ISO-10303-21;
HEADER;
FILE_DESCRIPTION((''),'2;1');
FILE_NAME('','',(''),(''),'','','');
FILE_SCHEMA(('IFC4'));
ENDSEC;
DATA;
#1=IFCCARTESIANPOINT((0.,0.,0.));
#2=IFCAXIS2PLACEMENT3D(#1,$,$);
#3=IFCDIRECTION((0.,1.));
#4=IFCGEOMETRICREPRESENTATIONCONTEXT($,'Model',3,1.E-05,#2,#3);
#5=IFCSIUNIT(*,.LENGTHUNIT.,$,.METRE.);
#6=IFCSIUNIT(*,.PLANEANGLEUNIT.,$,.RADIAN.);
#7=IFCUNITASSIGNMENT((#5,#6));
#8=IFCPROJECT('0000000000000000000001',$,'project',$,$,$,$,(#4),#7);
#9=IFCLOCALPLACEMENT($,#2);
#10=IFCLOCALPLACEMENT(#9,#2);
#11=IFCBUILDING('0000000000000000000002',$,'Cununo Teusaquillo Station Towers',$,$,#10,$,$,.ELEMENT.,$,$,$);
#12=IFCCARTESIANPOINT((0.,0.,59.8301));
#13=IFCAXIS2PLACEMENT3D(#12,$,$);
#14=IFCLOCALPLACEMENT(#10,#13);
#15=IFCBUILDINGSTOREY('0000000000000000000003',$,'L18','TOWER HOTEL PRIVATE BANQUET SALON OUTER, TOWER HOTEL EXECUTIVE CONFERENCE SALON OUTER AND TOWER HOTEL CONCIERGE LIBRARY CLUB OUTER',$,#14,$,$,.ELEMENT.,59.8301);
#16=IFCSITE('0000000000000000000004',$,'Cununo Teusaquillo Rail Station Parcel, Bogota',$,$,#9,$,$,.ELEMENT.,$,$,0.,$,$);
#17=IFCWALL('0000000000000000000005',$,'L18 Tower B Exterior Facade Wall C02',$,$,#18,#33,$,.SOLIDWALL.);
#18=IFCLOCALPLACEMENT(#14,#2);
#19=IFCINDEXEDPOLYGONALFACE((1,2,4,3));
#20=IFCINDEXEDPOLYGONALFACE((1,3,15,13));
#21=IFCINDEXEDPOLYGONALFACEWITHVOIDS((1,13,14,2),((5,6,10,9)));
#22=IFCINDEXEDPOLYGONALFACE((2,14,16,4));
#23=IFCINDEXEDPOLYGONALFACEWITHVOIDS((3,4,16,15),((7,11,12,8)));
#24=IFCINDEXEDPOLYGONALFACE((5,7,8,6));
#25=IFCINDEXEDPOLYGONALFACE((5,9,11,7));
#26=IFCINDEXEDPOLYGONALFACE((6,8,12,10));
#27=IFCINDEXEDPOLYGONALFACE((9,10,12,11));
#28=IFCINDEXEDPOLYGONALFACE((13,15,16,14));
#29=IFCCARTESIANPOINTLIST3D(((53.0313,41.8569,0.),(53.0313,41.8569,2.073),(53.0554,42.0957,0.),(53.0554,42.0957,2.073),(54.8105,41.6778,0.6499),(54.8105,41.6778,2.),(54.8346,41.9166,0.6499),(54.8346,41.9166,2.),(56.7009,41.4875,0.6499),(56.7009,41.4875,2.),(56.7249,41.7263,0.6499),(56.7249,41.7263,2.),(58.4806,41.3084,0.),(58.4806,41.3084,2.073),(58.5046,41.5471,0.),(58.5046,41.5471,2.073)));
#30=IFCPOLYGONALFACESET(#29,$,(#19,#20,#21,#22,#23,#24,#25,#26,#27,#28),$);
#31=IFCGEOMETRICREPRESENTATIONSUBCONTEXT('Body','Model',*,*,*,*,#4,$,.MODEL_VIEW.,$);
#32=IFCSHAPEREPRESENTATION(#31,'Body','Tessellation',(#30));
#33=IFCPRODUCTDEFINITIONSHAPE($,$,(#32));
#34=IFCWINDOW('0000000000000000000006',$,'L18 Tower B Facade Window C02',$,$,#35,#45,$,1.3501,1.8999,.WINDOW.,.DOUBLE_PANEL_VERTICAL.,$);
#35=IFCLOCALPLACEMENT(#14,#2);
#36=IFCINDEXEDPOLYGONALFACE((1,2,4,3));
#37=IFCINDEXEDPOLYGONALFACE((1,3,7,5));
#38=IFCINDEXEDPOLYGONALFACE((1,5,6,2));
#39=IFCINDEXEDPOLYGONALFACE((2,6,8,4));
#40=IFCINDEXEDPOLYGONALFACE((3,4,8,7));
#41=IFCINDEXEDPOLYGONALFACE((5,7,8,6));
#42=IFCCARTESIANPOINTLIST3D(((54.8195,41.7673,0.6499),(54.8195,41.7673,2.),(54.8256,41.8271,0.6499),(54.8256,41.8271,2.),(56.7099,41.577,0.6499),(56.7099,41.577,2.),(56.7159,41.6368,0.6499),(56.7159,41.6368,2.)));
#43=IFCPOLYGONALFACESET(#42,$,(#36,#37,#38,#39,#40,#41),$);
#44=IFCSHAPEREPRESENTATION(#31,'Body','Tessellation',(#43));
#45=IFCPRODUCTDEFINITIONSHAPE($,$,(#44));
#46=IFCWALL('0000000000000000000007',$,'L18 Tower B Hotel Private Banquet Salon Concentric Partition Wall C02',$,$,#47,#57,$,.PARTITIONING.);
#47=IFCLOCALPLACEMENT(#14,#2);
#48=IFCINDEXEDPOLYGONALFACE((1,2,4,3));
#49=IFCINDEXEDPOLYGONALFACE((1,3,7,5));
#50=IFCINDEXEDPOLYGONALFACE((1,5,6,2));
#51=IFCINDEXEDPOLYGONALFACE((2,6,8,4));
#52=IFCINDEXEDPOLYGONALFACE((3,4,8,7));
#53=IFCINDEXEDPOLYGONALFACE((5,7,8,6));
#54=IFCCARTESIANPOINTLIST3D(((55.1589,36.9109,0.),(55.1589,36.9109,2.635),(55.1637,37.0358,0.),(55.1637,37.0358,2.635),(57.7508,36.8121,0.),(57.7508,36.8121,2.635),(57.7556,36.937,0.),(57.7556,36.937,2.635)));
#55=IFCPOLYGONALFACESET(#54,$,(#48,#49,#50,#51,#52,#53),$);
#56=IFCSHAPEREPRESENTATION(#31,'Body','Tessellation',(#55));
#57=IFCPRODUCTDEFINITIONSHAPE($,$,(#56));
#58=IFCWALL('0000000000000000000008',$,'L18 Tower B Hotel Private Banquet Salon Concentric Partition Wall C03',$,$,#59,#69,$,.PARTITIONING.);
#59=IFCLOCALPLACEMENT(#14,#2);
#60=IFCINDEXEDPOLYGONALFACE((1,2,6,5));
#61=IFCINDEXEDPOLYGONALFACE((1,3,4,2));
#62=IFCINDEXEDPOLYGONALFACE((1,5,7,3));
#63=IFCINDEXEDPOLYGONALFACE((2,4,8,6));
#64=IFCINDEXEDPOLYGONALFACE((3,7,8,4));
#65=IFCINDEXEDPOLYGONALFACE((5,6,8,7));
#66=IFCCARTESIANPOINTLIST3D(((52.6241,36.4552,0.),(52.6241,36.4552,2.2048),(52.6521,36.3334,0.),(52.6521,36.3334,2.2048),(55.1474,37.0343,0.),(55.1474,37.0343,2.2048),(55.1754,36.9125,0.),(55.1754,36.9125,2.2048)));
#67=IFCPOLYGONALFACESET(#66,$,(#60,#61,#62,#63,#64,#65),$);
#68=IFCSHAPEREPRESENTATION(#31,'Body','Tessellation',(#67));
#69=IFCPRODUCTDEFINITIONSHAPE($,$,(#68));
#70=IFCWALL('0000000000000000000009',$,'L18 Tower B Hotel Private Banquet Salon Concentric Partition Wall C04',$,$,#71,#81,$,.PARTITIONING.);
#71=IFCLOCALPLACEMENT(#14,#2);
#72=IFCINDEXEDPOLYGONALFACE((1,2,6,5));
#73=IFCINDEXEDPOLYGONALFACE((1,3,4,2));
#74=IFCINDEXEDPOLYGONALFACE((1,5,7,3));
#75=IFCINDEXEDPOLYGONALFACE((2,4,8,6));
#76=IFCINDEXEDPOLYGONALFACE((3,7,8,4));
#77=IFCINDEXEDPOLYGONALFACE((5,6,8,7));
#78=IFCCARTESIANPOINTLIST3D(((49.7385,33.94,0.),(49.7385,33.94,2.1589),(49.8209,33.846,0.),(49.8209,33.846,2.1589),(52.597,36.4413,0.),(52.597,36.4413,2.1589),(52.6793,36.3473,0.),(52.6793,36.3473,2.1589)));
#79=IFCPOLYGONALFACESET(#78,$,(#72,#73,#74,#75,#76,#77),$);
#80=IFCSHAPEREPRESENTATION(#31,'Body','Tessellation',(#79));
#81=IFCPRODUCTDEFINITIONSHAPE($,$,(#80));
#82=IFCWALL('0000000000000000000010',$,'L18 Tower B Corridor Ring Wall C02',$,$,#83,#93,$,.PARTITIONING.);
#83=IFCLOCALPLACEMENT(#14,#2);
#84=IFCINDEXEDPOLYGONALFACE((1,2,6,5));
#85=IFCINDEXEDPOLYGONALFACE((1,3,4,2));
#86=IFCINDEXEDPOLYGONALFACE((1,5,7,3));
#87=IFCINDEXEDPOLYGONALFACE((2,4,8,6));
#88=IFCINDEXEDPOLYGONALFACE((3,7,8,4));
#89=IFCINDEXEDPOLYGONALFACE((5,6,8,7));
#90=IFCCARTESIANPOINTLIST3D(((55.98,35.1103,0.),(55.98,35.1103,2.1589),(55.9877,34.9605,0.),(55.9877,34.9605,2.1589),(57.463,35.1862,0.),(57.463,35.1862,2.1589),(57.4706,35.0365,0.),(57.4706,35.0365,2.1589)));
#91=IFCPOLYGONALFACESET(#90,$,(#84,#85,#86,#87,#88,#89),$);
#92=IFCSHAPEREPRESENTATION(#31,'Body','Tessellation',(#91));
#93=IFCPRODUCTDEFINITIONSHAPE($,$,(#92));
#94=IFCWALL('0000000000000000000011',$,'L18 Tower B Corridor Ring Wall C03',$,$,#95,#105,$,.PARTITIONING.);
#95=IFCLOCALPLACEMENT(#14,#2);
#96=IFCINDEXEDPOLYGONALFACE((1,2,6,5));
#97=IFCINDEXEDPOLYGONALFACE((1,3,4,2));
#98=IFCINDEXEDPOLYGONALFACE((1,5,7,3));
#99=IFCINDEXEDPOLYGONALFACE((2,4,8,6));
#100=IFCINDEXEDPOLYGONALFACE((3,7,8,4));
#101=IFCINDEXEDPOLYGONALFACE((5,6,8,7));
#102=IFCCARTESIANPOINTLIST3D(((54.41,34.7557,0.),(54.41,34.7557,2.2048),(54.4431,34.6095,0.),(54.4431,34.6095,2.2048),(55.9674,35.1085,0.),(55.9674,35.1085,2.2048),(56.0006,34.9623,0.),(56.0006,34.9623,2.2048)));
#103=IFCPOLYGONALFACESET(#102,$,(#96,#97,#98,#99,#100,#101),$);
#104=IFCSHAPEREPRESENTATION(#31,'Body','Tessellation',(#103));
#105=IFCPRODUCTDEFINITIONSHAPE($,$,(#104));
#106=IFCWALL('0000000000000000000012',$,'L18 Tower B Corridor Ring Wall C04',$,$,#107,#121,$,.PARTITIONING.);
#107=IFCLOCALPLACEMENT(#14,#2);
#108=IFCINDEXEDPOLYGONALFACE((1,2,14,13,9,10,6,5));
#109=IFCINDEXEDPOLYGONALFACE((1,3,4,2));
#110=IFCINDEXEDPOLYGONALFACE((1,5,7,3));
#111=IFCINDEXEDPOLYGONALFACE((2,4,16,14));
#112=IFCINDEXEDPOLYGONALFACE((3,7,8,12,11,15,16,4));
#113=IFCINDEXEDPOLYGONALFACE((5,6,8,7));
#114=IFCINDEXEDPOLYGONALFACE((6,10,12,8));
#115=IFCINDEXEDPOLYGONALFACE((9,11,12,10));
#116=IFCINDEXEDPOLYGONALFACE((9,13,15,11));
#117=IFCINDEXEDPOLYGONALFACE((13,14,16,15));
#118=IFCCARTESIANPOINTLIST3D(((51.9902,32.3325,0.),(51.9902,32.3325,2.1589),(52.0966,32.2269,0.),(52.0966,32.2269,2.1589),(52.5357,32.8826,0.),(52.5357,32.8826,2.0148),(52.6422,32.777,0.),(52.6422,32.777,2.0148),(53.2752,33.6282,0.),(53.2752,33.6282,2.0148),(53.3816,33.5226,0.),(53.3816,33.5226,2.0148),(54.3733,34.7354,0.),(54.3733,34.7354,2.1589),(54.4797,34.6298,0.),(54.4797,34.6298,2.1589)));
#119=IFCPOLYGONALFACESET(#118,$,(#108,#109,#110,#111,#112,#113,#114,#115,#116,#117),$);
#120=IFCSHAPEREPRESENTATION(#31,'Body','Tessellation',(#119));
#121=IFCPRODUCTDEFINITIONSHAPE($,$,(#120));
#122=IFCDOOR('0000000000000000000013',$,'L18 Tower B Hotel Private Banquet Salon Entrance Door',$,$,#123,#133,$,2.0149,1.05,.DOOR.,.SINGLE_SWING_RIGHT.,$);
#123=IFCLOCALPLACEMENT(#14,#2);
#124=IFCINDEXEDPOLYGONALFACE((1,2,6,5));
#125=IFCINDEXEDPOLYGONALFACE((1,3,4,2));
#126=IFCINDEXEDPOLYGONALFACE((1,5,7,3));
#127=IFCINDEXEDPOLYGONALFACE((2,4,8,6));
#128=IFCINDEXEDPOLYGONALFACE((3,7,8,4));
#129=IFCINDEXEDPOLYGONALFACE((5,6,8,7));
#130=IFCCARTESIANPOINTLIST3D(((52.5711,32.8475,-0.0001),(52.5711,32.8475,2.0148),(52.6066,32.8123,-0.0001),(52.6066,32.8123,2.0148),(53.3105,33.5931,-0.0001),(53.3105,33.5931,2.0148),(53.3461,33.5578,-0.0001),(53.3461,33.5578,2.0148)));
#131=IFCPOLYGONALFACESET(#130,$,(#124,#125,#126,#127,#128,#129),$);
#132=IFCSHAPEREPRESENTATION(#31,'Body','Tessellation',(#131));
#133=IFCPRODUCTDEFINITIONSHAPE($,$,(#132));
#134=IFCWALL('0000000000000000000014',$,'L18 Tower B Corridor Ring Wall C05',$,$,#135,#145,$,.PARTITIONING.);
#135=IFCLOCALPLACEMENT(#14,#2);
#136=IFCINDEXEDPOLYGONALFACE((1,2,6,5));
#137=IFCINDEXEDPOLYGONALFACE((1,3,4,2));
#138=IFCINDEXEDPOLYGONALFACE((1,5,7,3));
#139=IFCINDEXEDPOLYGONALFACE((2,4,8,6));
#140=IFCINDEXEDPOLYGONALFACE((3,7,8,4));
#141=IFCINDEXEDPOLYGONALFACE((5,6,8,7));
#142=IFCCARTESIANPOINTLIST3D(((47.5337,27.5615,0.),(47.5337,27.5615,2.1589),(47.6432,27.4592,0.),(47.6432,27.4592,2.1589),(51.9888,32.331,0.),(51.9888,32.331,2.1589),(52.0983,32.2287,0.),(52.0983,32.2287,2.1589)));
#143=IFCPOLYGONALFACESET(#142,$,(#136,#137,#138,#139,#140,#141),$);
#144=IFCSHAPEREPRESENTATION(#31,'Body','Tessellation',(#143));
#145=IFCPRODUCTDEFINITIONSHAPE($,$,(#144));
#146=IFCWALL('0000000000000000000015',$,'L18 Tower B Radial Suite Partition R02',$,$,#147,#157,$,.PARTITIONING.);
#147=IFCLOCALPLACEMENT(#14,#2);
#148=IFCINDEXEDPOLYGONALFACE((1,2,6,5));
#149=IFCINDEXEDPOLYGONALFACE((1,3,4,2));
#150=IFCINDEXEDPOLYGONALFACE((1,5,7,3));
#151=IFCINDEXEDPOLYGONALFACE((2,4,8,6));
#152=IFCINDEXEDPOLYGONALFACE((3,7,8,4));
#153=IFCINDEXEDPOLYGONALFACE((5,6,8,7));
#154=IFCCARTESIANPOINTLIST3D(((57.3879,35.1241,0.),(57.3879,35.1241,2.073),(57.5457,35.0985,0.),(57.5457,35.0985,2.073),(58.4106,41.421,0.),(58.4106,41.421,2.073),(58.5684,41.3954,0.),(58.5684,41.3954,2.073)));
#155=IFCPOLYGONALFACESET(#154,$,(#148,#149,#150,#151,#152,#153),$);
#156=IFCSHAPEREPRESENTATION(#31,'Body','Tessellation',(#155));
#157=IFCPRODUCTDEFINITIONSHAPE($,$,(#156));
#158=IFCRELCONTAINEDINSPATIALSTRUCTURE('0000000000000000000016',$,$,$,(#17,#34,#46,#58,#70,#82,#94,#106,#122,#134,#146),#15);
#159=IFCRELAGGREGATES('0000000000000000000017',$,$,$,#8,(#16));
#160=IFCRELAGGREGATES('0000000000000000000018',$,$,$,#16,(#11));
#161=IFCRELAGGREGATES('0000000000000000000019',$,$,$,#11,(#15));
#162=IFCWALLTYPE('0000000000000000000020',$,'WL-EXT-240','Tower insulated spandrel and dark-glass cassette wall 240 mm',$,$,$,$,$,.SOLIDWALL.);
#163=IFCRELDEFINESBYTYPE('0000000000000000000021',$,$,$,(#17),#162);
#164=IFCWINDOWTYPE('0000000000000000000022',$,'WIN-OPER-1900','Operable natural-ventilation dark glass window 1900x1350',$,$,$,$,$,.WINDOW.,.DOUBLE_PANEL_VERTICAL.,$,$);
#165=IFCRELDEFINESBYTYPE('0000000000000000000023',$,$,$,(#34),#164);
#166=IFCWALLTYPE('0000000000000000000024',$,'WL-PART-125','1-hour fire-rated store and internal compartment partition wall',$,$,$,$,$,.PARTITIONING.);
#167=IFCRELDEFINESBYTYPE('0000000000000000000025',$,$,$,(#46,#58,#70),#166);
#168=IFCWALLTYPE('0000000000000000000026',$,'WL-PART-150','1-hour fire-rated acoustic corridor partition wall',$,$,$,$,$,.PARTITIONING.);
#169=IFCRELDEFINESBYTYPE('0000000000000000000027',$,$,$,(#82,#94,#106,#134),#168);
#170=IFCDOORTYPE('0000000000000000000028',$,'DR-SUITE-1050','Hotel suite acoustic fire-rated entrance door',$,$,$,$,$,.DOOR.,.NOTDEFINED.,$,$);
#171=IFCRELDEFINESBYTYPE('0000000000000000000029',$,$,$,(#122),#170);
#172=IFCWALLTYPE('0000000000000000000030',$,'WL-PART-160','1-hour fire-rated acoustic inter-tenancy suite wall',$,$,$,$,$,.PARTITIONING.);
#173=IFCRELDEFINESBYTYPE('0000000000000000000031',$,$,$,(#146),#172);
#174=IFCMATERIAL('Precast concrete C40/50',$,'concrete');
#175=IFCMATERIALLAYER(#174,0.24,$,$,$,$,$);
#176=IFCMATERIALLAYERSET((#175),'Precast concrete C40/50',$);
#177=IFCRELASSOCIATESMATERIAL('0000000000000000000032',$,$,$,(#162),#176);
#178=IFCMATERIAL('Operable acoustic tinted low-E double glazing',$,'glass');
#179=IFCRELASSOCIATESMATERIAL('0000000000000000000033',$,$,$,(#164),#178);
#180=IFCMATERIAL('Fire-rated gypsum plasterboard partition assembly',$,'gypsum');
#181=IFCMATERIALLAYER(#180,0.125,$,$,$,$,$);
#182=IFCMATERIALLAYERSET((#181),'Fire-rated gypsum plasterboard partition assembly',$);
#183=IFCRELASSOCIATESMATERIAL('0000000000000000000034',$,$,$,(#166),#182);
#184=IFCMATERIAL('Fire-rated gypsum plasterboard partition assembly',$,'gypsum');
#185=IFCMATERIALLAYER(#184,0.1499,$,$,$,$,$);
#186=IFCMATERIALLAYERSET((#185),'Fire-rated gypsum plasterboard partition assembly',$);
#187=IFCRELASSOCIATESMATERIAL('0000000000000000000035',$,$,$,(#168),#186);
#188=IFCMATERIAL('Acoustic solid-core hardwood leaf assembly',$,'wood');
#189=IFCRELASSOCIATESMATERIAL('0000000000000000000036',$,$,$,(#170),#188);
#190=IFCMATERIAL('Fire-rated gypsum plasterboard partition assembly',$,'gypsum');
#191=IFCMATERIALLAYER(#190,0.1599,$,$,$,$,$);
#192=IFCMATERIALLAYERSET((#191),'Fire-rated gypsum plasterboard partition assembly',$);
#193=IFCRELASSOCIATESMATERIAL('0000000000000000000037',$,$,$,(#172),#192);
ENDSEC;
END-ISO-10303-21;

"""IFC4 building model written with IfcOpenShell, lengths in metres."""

from ifc_helpers import new_model, si_unit, direction, frame, frame_2d, origin, place, context, subcontext, project, spatial, rectangle, extrude, source, transform, mapped, material, layer, layer_set, type_object, element, fill, save


model = new_model("IFC4")

# Units and contexts
model_context = context("Model", 3, precision=1e-05, world=origin(), true_north=direction((0.0, 1.0)))
body_context = subcontext(model_context, "Body", "Model", "MODEL_VIEW")
ifc_project = project(units=[si_unit("LENGTHUNIT", "METRE"), si_unit("PLANEANGLEUNIT", "RADIAN")], contexts=[model_context])

# Site, building, storey
site_placement = place(None, origin())
site = spatial("IfcSite", under=ifc_project, at=site_placement, Name="Cununo Teusaquillo Rail Station Parcel, Bogota", CompositionType="ELEMENT", RefElevation=0.0)
building_placement = place(site_placement, origin())
building = spatial("IfcBuilding", under=site, at=building_placement, Name="Cununo Teusaquillo Station Towers", CompositionType="ELEMENT")
storey_placement = place(building_placement, frame((0.0, 0.0, 59.8301)))
storey = spatial("IfcBuildingStorey", under=building, at=storey_placement, Name="L18", Description="TOWER HOTEL PRIVATE BANQUET SALON OUTER, TOWER HOTEL EXECUTIVE CONFERENCE SALON OUTER AND TOWER HOTEL CONCIERGE LIBRARY CLUB OUTER", CompositionType="ELEMENT", Elevation=59.8301)

# Wall, opening, window
ifc_material_1 = material(Name="Precast concrete C40/50", Category="concrete")
ifc_layer_1 = layer(ifc_material_1, 0.24)
ifc_layer_set_1 = layer_set([ifc_layer_1], Name="Precast concrete C40/50")
wall_type_1 = type_object("IfcWallType", Name="WL-EXT-240", Description="Tower insulated spandrel and dark-glass cassette wall 240 mm", PredefinedType="SOLIDWALL", material=ifc_layer_set_1)
wall_1_placement = place(storey_placement, frame((53.0435, 41.9763, 0.0), z_axis=(0.0, 0.0, 1.0), x_axis=(0.994971, -0.100166, 0.0)))
wall_1 = element("IfcWall", 1, at=wall_1_placement, inside=storey, type_object=wall_type_1, Name="L18 Tower B Exterior Facade Wall C02", PredefinedType="SOLIDWALL", context=body_context, shape_type="SweptSolid", body=[
    extrude(rectangle(XDim=5.4768, YDim=0.24, at=frame_2d((2.7383, 0.0))), origin(), (0.0, 0.0, 1.0), 2.073),
])
shared_shape_1 = source(origin(), body_context, "Body", "SweptSolid", [
    extrude(rectangle(XDim=1.8999, YDim=1.3501, at=frame_2d((0.95, 0.675))), frame((0.0, 0.1299, 0.0), z_axis=(0.0, -1.0, 0.0), x_axis=(1.0, 0.0, 0.0)), (0.0, 0.0, 1.0), 0.26),
])
opening_1_placement = place(wall_1_placement, frame((1.7881, 0.0, 0.6499)))
opening_1 = element("IfcOpeningElement", 2, at=opening_1_placement, cuts=wall_1, PredefinedType="OPENING", context=body_context, shape_type="MappedRepresentation", body=[
    mapped(shared_shape_1, transform((0.0, 0.0, 0.0), x_axis=(1.0, 0.0, 0.0), y_axis=(0.0, 1.0, 0.0), z_axis=(0.0, 0.0, 1.0), scale=1.0)),
])
ifc_material_2 = material(Name="Operable acoustic tinted low-E double glazing", Category="glass")
window_type = type_object("IfcWindowType", Name="WIN-OPER-1900", Description="Operable natural-ventilation dark glass window 1900x1350", PartitioningType="DOUBLE_PANEL_VERTICAL", PredefinedType="WINDOW", material=ifc_material_2)
shared_shape_2 = source(origin(), body_context, "Body", "SweptSolid", [
    extrude(rectangle(XDim=1.8999, YDim=1.3501, at=frame_2d((0.95, 0.675))), frame((0.0, 0.03, 0.0), z_axis=(0.0, -1.0, 0.0), x_axis=(1.0, 0.0, 0.0)), (0.0, 0.0, 1.0), 0.0601),
])
window_placement = place(opening_1_placement, origin())
window = element("IfcWindow", 3, at=window_placement, inside=storey, type_object=window_type, Name="L18 Tower B Facade Window C02", OverallHeight=1.3501, OverallWidth=1.8999, PartitioningType="DOUBLE_PANEL_VERTICAL", PredefinedType="WINDOW", context=body_context, shape_type="MappedRepresentation", body=[
    mapped(shared_shape_2, transform((0.0, 0.0, 0.0), x_axis=(1.0, 0.0, 0.0), y_axis=(0.0, 1.0, 0.0), z_axis=(0.0, 0.0, 1.0), scale=1.0)),
])
fill(opening_1, window)

# Walls
ifc_material_3 = material(Name="Fire-rated gypsum plasterboard partition assembly", Category="gypsum")
ifc_layer_2 = layer(ifc_material_3, 0.125)
ifc_layer_set_2 = layer_set([ifc_layer_2], Name="Fire-rated gypsum plasterboard partition assembly")
wall_type_2 = type_object("IfcWallType", Name="WL-PART-125", Description="1-hour fire-rated store and internal compartment partition wall", PredefinedType="PARTITIONING", material=ifc_layer_set_2)
wall_2_placement = place(storey_placement, frame((57.7532, 36.8745, 0.0), z_axis=(0.0, 0.0, 1.0), x_axis=(-0.999273, 0.038122, 0.0)))
element("IfcWall", 4, at=wall_2_placement, inside=storey, type_object=wall_type_2, Name="L18 Tower B Hotel Private Banquet Salon Concentric Partition Wall C02", PredefinedType="PARTITIONING", context=body_context, shape_type="SweptSolid", body=[
    extrude(rectangle(XDim=2.5938, YDim=0.125, at=frame_2d((1.2969, 0.0))), origin(), (0.0, 0.0, 1.0), 2.635),
])
wall_3_placement = place(storey_placement, frame((55.1614, 36.9734, 0.0), z_axis=(0.0, 0.0, 1.0), x_axis=(-0.974659, -0.223695, 0.0)))
element("IfcWall", 5, at=wall_3_placement, inside=storey, type_object=wall_type_2, Name="L18 Tower B Hotel Private Banquet Salon Concentric Partition Wall C03", PredefinedType="PARTITIONING", context=body_context, shape_type="SweptSolid", body=[
    extrude(rectangle(XDim=2.5889, YDim=0.125, at=frame_2d((1.2944, 0.0))), origin(), (0.0, 0.0, 1.0), 2.2048),
])
wall_4_placement = place(storey_placement, frame((52.6382, 36.3943, 0.0), z_axis=(0.0, 0.0, 1.0), x_axis=(-0.752561, -0.658523, 0.0)))
element("IfcWall", 6, at=wall_4_placement, inside=storey, type_object=wall_type_2, Name="L18 Tower B Hotel Private Banquet Salon Concentric Partition Wall C04", PredefinedType="PARTITIONING", context=body_context, shape_type="SweptSolid", body=[
    extrude(rectangle(XDim=3.7983, YDim=0.125, at=frame_2d((1.8992, 0.0))), origin(), (0.0, 0.0, 1.0), 2.1589),
])
ifc_material_4 = material(Name="Fire-rated gypsum plasterboard partition assembly", Category="gypsum")
ifc_layer_3 = layer(ifc_material_4, 0.1499)
ifc_layer_set_3 = layer_set([ifc_layer_3], Name="Fire-rated gypsum plasterboard partition assembly")
wall_type_3 = type_object("IfcWallType", Name="WL-PART-150", Description="1-hour fire-rated acoustic corridor partition wall", PredefinedType="PARTITIONING", material=ifc_layer_set_3)
wall_5_placement = place(storey_placement, frame((57.4668, 35.1113, 0.0), z_axis=(0.0, 0.0, 1.0), x_axis=(-0.998692, -0.051135, 0.0)))
element("IfcWall", 7, at=wall_5_placement, inside=storey, type_object=wall_type_3, Name="L18 Tower B Corridor Ring Wall C02", PredefinedType="PARTITIONING", context=body_context, shape_type="SweptSolid", body=[
    extrude(rectangle(XDim=1.4849, YDim=0.1499, at=frame_2d((0.7424, 0.0))), origin(), (0.0, 0.0, 1.0), 2.1589),
])
wall_6_placement = place(storey_placement, frame((55.9839, 35.0354, 0.0), z_axis=(0.0, 0.0, 1.0), x_axis=(-0.97529, -0.220927, 0.0)))
element("IfcWall", 8, at=wall_6_placement, inside=storey, type_object=wall_type_3, Name="L18 Tower B Corridor Ring Wall C03", PredefinedType="PARTITIONING", context=body_context, shape_type="SweptSolid", body=[
    extrude(rectangle(XDim=1.5969, YDim=0.1499, at=frame_2d((0.7983, 0.0))), origin(), (0.0, 0.0, 1.0), 2.2048),
])

# Wall, opening, door
wall_7_placement = place(storey_placement, frame((54.4265, 34.6826, 0.0), z_axis=(0.0, 0.0, 1.0), x_axis=(-0.704179, -0.710022, 0.0)))
wall_7 = element("IfcWall", 9, at=wall_7_placement, inside=storey, type_object=wall_type_3, Name="L18 Tower B Corridor Ring Wall C04", PredefinedType="PARTITIONING", context=body_context, shape_type="SweptSolid", body=[
    extrude(rectangle(XDim=3.3843, YDim=0.1499, at=frame_2d((1.6921, 0.0))), origin(), (0.0, 0.0, 1.0), 2.1589),
])
shared_shape_3 = source(origin(), body_context, "Body", "SweptSolid", [
    extrude(rectangle(XDim=1.05, YDim=2.0149, at=frame_2d((0.5249, 1.0073))), frame((0.0, 0.085, 0.0), z_axis=(0.0, -1.0, 0.0), x_axis=(1.0, 0.0, 0.0)), (0.0, 0.0, 1.0), 0.1699),
])
opening_2_placement = place(wall_7_placement, frame((1.5596, 0.0, 0.0)))
opening_2 = element("IfcOpeningElement", 10, at=opening_2_placement, cuts=wall_7, PredefinedType="OPENING", context=body_context, shape_type="MappedRepresentation", body=[
    mapped(shared_shape_3, transform((0.0, 0.0, 0.0), x_axis=(1.0, 0.0, 0.0), y_axis=(0.0, 1.0, 0.0), z_axis=(0.0, 0.0, 1.0), scale=1.0)),
])
ifc_material_5 = material(Name="Acoustic solid-core hardwood leaf assembly", Category="wood")
door_type_1 = type_object("IfcDoorType", Name="DR-SUITE-1050", Description="Hotel suite acoustic fire-rated entrance door", OperationType="NOTDEFINED", PredefinedType="DOOR", material=ifc_material_5)
shared_shape_4 = source(origin(), body_context, "Body", "SweptSolid", [
    extrude(rectangle(XDim=1.05, YDim=2.0149, at=frame_2d((0.5249, 1.0073))), frame((0.0, 0.0249, 0.0), z_axis=(0.0, -1.0, 0.0), x_axis=(1.0, 0.0, 0.0)), (0.0, 0.0, 1.0), 0.05),
])
door_1_placement = place(opening_2_placement, origin())
door_1 = element("IfcDoor", 11, at=door_1_placement, inside=storey, type_object=door_type_1, Name="L18 Tower B Hotel Private Banquet Salon Entrance Door", OperationType="SINGLE_SWING_RIGHT", OverallHeight=2.0149, OverallWidth=1.05, PredefinedType="DOOR", context=body_context, shape_type="MappedRepresentation", body=[
    mapped(shared_shape_4, transform((0.0, 0.0, 0.0), x_axis=(1.0, 0.0, 0.0), y_axis=(0.0, 1.0, 0.0), z_axis=(0.0, 0.0, 1.0), scale=1.0)),
])
fill(opening_2, door_1)

# Walls
wall_8_placement = place(storey_placement, frame((52.0435, 32.2798, 0.0), z_axis=(0.0, 0.0, 1.0), x_axis=(-0.682606, -0.730787, 0.0)))
element("IfcWall", 12, at=wall_8_placement, inside=storey, type_object=wall_type_3, Name="L18 Tower B Corridor Ring Wall C05", PredefinedType="PARTITIONING", context=body_context, shape_type="SweptSolid", body=[
    extrude(rectangle(XDim=6.5266, YDim=0.1499, at=frame_2d((3.2632, 0.0))), origin(), (0.0, 0.0, 1.0), 2.1589),
])
ifc_material_6 = material(Name="Fire-rated gypsum plasterboard partition assembly", Category="gypsum")
ifc_layer_4 = layer(ifc_material_6, 0.1599)
ifc_layer_set_4 = layer_set([ifc_layer_4], Name="Fire-rated gypsum plasterboard partition assembly")
wall_type_4 = type_object("IfcWallType", Name="WL-PART-160", Description="1-hour fire-rated acoustic inter-tenancy suite wall", PredefinedType="PARTITIONING", material=ifc_layer_set_4)
wall_9_placement = place(storey_placement, frame((57.4668, 35.1113, 0.0), z_axis=(0.0, 0.0, 1.0), x_axis=(0.160314, 0.987066, 0.0)))
element("IfcWall", 13, at=wall_9_placement, inside=storey, type_object=wall_type_4, Name="L18 Tower B Radial Suite Partition R02", PredefinedType="PARTITIONING", context=body_context, shape_type="SweptSolid", body=[
    extrude(rectangle(XDim=6.3794, YDim=0.1599, at=frame_2d((3.1897, 0.0))), origin(), (0.0, 0.0, 1.0), 2.073),
])

save(model, "model.ifc")
